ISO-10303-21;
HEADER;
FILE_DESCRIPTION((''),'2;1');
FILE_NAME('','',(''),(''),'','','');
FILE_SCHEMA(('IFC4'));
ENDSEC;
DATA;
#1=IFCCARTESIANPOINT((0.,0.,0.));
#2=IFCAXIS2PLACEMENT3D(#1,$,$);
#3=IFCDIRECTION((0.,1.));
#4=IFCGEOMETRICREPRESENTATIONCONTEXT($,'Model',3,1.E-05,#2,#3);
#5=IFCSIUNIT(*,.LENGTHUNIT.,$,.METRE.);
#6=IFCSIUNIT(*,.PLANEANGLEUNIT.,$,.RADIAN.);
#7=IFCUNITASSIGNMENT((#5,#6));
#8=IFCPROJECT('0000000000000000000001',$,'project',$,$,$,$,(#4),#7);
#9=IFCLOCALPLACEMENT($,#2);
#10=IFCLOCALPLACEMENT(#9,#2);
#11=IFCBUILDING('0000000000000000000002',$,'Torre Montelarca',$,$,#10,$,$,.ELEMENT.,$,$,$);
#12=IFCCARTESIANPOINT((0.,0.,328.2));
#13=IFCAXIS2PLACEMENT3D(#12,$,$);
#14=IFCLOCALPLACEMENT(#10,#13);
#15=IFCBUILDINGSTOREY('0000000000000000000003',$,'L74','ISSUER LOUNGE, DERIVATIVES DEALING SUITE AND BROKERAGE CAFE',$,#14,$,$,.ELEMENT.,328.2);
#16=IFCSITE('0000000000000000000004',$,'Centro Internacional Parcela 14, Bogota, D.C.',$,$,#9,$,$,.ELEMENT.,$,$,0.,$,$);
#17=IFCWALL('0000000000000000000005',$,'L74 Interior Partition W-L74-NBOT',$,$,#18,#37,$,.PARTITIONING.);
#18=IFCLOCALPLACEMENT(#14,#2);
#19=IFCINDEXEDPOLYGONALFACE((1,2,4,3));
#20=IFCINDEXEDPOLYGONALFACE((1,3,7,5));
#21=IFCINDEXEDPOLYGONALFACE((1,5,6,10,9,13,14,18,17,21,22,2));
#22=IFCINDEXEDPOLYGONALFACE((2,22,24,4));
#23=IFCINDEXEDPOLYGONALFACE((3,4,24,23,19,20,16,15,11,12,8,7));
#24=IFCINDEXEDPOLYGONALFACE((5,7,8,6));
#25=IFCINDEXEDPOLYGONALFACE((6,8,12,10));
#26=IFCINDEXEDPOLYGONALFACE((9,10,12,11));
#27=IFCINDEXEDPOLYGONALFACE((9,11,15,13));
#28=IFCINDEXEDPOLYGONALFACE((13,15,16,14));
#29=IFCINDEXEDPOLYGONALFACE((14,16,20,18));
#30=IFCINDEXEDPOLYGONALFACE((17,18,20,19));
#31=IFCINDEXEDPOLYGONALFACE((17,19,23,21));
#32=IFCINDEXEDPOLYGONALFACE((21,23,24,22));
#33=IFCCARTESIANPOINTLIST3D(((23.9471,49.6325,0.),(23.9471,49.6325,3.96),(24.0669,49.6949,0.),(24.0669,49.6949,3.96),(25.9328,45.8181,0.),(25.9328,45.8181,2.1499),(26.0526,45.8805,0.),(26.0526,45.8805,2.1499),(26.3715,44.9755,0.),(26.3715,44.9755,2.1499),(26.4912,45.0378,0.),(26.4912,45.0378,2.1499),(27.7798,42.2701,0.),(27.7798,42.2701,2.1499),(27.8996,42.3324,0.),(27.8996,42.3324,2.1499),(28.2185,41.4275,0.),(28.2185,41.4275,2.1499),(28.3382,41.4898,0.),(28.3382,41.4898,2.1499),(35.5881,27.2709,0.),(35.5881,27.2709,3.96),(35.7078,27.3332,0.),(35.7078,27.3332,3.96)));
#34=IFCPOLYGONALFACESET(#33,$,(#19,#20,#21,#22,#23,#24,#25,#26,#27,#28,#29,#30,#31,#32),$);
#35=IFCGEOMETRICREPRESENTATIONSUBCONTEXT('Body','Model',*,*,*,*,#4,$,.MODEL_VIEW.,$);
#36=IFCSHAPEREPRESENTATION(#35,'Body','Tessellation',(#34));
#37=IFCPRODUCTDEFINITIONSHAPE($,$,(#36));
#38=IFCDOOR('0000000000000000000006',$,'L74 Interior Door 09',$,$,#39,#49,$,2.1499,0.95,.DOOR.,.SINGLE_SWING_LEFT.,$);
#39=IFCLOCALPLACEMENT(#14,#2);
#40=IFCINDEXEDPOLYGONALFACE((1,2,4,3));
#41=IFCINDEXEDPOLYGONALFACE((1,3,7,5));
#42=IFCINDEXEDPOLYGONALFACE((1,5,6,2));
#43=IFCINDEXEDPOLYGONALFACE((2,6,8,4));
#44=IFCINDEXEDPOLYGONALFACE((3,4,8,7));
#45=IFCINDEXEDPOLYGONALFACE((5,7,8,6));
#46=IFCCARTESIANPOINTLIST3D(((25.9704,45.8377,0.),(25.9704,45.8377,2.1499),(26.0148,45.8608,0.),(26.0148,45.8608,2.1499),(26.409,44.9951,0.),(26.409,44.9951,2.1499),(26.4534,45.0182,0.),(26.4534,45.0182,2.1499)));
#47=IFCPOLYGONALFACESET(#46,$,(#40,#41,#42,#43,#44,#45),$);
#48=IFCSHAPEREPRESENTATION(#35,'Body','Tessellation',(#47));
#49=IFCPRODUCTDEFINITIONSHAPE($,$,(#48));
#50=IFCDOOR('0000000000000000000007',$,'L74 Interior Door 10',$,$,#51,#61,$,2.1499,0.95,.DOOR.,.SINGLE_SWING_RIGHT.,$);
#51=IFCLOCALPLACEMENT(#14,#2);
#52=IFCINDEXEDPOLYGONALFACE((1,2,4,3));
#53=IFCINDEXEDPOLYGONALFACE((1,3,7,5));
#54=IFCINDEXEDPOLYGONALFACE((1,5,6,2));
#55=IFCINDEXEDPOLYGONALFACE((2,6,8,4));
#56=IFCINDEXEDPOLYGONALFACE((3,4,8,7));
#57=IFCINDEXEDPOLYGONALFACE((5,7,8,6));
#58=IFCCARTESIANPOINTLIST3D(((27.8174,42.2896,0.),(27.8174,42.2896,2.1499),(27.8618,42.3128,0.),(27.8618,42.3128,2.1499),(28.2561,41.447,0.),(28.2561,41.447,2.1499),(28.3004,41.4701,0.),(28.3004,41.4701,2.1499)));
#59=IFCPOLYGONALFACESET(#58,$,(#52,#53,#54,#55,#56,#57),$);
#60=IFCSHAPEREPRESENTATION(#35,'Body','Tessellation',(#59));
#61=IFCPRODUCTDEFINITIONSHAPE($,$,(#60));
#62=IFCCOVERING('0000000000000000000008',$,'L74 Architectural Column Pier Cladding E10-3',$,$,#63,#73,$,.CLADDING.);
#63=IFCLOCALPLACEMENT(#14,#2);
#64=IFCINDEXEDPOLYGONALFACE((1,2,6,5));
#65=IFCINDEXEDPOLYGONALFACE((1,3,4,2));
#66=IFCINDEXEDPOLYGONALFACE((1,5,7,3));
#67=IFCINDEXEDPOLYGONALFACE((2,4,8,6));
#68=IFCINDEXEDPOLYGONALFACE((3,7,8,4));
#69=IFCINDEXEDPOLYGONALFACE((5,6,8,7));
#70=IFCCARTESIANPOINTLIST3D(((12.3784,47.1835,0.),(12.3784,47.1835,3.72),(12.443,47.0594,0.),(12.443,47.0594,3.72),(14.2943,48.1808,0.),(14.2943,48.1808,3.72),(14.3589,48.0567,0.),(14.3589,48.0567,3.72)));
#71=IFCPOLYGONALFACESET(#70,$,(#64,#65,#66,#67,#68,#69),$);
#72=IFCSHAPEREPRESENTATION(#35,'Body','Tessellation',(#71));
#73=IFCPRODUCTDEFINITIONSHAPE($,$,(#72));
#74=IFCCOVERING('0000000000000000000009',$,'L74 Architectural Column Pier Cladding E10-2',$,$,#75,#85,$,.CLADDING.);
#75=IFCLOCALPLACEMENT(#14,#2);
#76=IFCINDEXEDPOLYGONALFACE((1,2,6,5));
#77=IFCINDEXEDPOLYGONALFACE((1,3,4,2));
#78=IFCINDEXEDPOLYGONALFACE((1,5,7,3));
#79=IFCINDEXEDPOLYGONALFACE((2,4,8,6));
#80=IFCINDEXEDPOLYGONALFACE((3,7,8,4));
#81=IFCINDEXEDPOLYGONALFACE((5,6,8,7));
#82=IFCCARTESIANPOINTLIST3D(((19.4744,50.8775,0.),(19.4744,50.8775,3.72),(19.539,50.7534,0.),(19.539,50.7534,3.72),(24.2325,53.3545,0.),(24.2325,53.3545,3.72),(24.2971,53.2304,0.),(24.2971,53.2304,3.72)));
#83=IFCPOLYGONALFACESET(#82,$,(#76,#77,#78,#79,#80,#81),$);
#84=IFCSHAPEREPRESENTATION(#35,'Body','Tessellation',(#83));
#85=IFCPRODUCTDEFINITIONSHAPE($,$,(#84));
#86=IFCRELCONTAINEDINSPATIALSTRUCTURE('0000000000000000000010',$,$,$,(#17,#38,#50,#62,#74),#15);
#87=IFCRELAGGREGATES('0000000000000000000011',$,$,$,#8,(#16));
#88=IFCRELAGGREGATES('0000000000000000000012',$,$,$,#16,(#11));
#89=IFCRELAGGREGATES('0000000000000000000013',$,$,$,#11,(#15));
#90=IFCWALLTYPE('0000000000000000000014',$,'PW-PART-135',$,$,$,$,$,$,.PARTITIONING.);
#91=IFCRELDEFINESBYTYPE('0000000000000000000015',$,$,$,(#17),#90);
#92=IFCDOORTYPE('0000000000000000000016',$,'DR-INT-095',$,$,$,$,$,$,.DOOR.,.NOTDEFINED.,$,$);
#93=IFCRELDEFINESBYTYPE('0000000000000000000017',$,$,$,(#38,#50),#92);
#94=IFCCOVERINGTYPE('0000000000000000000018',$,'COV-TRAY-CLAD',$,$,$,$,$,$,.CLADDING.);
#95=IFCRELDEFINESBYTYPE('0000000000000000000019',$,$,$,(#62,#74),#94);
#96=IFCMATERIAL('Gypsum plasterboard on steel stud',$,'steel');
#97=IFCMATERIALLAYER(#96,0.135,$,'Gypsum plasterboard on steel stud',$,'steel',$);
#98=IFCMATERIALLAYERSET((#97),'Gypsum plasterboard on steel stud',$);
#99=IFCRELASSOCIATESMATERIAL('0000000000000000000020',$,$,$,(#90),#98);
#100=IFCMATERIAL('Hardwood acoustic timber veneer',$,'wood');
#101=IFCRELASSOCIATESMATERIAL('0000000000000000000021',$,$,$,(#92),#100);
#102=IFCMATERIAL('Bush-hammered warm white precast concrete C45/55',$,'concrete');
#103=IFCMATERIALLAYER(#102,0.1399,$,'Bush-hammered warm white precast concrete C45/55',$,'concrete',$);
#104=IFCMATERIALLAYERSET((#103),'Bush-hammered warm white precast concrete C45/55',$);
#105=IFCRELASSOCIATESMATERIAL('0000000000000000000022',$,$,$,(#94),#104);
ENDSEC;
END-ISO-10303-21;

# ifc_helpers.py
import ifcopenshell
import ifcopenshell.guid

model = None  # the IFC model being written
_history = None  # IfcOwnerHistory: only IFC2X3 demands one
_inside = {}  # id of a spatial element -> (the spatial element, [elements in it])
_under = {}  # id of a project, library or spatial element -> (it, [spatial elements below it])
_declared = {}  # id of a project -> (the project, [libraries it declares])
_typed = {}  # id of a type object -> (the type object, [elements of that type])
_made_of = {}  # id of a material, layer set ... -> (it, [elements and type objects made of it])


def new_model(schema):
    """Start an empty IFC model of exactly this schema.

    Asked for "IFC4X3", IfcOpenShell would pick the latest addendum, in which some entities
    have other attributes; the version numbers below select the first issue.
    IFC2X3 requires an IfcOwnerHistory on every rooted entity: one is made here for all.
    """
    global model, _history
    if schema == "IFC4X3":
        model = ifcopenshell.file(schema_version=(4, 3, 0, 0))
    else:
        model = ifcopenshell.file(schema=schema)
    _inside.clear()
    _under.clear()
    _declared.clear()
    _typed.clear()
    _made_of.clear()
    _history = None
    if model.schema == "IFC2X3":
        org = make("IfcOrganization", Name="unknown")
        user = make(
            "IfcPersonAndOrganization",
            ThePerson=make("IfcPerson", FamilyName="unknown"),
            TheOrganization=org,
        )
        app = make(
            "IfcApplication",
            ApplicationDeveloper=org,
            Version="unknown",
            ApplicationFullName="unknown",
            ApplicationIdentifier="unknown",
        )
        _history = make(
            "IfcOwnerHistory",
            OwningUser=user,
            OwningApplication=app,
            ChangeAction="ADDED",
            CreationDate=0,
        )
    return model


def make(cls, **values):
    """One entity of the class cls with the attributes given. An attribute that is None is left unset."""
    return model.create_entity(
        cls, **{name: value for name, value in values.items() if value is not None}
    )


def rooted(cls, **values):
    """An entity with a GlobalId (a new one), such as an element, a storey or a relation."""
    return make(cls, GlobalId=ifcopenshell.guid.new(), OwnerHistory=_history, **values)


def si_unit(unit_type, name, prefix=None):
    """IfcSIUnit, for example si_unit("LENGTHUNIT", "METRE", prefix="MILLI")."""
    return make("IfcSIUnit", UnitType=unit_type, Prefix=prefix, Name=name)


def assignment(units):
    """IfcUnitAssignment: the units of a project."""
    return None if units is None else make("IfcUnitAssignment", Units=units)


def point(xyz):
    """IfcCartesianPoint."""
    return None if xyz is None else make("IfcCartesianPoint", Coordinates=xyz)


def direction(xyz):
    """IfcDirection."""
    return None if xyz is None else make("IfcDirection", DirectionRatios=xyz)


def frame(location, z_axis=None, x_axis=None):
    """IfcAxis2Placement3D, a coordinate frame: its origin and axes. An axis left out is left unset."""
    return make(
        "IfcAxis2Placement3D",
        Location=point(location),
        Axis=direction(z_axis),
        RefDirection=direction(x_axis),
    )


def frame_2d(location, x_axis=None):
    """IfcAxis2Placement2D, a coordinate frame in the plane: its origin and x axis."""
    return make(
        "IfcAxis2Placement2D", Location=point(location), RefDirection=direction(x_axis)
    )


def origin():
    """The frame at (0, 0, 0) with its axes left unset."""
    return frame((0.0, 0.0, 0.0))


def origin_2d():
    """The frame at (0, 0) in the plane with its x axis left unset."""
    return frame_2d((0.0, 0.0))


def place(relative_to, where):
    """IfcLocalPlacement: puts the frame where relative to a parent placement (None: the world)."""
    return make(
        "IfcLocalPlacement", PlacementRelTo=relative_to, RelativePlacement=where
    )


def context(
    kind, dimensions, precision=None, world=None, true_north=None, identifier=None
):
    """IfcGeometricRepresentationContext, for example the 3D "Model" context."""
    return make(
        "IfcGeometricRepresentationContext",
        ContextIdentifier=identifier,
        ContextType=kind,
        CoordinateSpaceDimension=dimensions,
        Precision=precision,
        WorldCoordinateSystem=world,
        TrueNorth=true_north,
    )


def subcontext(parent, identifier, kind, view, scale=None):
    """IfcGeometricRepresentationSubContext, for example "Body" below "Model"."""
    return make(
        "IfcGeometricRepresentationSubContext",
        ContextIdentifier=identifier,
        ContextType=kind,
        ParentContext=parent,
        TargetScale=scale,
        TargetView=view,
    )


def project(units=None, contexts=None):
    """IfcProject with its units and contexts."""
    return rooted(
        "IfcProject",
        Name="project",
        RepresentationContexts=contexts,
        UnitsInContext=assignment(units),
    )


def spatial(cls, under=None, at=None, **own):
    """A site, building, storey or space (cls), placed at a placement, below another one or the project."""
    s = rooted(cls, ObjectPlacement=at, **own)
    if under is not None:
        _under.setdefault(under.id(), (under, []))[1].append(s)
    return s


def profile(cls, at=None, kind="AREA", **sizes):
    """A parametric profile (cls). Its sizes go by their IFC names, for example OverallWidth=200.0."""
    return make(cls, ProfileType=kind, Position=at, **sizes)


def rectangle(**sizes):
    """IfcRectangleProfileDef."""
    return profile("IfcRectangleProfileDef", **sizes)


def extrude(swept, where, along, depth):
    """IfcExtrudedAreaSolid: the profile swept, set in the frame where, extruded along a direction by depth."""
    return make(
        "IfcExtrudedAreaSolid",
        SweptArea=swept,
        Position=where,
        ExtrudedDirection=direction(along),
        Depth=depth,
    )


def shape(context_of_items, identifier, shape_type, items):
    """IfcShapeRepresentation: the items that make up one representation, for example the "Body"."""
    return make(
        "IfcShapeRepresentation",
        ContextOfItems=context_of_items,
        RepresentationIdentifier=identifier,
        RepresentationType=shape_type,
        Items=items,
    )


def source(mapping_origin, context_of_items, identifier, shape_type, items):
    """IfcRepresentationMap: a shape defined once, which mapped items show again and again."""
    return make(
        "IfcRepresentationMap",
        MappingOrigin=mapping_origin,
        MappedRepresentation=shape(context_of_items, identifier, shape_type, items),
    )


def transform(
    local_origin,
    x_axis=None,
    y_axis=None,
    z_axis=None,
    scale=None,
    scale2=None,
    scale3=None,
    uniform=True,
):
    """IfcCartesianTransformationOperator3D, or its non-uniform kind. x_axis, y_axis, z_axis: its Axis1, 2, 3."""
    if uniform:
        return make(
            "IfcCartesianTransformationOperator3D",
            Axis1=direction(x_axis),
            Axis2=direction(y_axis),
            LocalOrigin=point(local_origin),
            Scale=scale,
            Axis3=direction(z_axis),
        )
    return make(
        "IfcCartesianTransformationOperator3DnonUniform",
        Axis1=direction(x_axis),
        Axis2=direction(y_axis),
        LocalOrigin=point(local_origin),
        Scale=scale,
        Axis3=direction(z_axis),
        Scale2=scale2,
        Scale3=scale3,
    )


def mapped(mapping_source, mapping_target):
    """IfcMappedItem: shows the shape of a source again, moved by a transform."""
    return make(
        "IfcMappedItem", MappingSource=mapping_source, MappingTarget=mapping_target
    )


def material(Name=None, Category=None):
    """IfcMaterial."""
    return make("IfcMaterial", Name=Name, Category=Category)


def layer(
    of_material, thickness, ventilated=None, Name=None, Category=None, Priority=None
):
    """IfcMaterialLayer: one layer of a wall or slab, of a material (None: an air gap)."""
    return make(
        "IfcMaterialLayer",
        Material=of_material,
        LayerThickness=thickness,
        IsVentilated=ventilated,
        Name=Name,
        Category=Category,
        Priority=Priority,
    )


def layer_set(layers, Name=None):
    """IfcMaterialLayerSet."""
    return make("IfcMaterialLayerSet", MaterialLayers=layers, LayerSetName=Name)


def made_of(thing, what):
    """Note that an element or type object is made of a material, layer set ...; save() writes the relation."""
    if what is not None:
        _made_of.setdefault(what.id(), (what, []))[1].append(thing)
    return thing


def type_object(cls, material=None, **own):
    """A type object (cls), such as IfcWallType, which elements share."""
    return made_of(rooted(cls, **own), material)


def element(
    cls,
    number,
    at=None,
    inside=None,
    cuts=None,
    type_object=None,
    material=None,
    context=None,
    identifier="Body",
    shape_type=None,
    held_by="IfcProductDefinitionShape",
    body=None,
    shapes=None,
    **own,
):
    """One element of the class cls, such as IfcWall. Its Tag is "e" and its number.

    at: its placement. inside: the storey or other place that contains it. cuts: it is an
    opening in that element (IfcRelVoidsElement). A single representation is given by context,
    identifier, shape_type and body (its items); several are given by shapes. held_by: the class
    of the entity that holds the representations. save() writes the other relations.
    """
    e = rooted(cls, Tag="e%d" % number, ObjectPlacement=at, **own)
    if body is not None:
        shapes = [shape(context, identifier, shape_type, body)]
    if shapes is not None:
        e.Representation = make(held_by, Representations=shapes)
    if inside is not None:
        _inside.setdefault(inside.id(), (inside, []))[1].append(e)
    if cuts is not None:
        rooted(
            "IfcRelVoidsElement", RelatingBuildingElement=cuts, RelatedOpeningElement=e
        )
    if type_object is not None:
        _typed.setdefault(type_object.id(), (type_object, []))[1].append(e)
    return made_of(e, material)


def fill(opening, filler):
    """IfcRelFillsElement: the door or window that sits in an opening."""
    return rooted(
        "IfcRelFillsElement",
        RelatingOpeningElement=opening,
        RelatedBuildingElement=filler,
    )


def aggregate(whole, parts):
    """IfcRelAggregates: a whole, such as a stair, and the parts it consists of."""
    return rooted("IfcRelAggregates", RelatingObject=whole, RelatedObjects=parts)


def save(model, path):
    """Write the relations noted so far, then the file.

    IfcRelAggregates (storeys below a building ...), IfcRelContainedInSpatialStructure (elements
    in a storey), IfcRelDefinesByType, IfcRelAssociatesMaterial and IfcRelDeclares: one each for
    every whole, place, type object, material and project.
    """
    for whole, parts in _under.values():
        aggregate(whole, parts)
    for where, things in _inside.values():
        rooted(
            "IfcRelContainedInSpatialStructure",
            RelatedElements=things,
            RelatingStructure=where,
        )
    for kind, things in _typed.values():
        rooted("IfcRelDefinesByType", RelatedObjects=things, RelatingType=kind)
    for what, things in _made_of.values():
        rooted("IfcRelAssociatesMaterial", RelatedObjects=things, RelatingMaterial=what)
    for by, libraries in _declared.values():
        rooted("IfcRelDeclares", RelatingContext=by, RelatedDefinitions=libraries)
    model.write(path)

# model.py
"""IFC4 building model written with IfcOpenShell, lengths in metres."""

from ifc_helpers import new_model, si_unit, direction, frame, frame_2d, origin, origin_2d, place, context, subcontext, project, spatial, rectangle, extrude, source, transform, mapped, material, layer, layer_set, type_object, element, fill, save


model = new_model("IFC4")

# Units and contexts
model_context = context("Model", 3, precision=1e-05, world=origin(), true_north=direction((0.0, 1.0)))
body_context = subcontext(model_context, "Body", "Model", "MODEL_VIEW")
ifc_project = project(units=[si_unit("LENGTHUNIT", "METRE"), si_unit("PLANEANGLEUNIT", "RADIAN")], contexts=[model_context])

# Site, building, storey
site_placement = place(None, origin())
site = spatial("IfcSite", under=ifc_project, at=site_placement, Name="Centro Internacional Parcela 14, Bogota, D.C.", CompositionType="ELEMENT", RefElevation=0.0)
building_placement = place(site_placement, origin())
building = spatial("IfcBuilding", under=site, at=building_placement, Name="Torre Montelarca", CompositionType="ELEMENT")
storey_placement = place(building_placement, frame((0.0, 0.0, 328.2)))
storey = spatial("IfcBuildingStorey", under=building, at=storey_placement, Name="L74", Description="ISSUER LOUNGE, DERIVATIVES DEALING SUITE AND BROKERAGE CAFE", CompositionType="ELEMENT", Elevation=328.2)

# Shared definitions
ifc_material_1 = material(Name="Hardwood acoustic timber veneer", Category="wood")

# Wall, openings, doors
ifc_material_2 = material(Name="Gypsum plasterboard on steel stud", Category="steel")
ifc_layer_1 = layer(ifc_material_2, 0.135, Name="Gypsum plasterboard on steel stud", Category="steel")
ifc_layer_set_1 = layer_set([ifc_layer_1], Name="Gypsum plasterboard on steel stud")
wall_type_1 = type_object("IfcWallType", Name="PW-PART-135", PredefinedType="PARTITIONING", material=ifc_layer_set_1)
wall_1_placement = place(storey_placement, frame((24.0071, 49.6636, 0.0), z_axis=(0.0, 0.0, 1.0), x_axis=(0.461754, -0.887008, 0.0)))
wall_1 = element("IfcWall", 1, at=wall_1_placement, inside=storey, type_object=wall_type_1, Name="L74 Interior Partition W-L74-NBOT", PredefinedType="PARTITIONING", context=body_context, shape_type="SweptSolid", body=[
    extrude(rectangle(XDim=25.2102, YDim=0.135, at=frame_2d((12.605, 0.0))), origin(), (0.0, 0.0, 1.0), 3.96),
])
opening_1_placement = place(wall_1_placement, frame((4.3, 0.0, 0.0)))
opening_1 = element("IfcOpeningElement", 2, at=opening_1_placement, cuts=wall_1, PredefinedType="OPENING", context=body_context, shape_type="SweptSolid", body=[
    extrude(rectangle(XDim=0.95, YDim=2.1499, at=frame_2d((0.4751, 1.075))), frame((0.0, 0.0776, 0.0), z_axis=(0.0, -1.0, 0.0), x_axis=(1.0, 0.0, 0.0)), (0.0, 0.0, 1.0), 0.155),
])
opening_2_placement = place(wall_1_placement, frame((8.3, 0.0, 0.0)))
opening_2 = element("IfcOpeningElement", 3, at=opening_2_placement, cuts=wall_1, PredefinedType="OPENING", context=body_context, shape_type="SweptSolid", body=[
    extrude(rectangle(XDim=0.95, YDim=2.1499, at=frame_2d((0.4751, 1.075))), frame((0.0, 0.0776, 0.0), z_axis=(0.0, -1.0, 0.0), x_axis=(1.0, 0.0, 0.0)), (0.0, 0.0, 1.0), 0.155),
])
door_type_1 = type_object("IfcDoorType", Name="DR-INT-095", OperationType="NOTDEFINED", PredefinedType="DOOR", material=ifc_material_1)
shared_shape_1 = source(origin(), body_context, "Body", "SweptSolid", [
    extrude(rectangle(XDim=0.95, YDim=2.1499, at=frame_2d((0.4751, 1.075))), frame((0.0, 0.0249, 0.0), z_axis=(0.0, -1.0, 0.0), x_axis=(1.0, 0.0, 0.0)), (0.0, 0.0, 1.0), 0.05),
])
door_1_placement = place(opening_1_placement, origin())
door_1 = element("IfcDoor", 4, at=door_1_placement, inside=storey, type_object=door_type_1, Name="L74 Interior Door 09", OperationType="SINGLE_SWING_LEFT", OverallHeight=2.1499, OverallWidth=0.95, PredefinedType="DOOR", context=body_context, shape_type="MappedRepresentation", body=[
    mapped(shared_shape_1, transform((0.0, 0.0, 0.0), scale=1.0)),
])
fill(opening_1, door_1)
door_2_placement = place(opening_2_placement, origin())
door_2 = element("IfcDoor", 5, at=door_2_placement, inside=storey, type_object=door_type_1, Name="L74 Interior Door 10", OperationType="SINGLE_SWING_RIGHT", OverallHeight=2.1499, OverallWidth=0.95, PredefinedType="DOOR", context=body_context, shape_type="MappedRepresentation", body=[
    mapped(shared_shape_1, transform((0.0, 0.0, 0.0), scale=1.0)),
])
fill(opening_2, door_2)

# Coverings
ifc_material_3 = material(Name="Bush-hammered warm white precast concrete C45/55", Category="concrete")
ifc_layer_2 = layer(ifc_material_3, 0.1399, Name="Bush-hammered warm white precast concrete C45/55", Category="concrete")
ifc_layer_set_2 = layer_set([ifc_layer_2], Name="Bush-hammered warm white precast concrete C45/55")
covering_type = type_object("IfcCoveringType", Name="COV-TRAY-CLAD", PredefinedType="CLADDING", material=ifc_layer_set_2)
shared_shape_2 = source(origin(), body_context, "Body", "SweptSolid", [
    extrude(rectangle(XDim=2.1599, YDim=0.1399, at=origin_2d()), origin(), (0.0, 0.0, 1.0), 3.72),
])
covering_1_placement = place(storey_placement, frame((13.3687, 47.6201, 0.0), z_axis=(0.0, 0.0, 1.0), x_axis=(-0.887011, -0.461749, 0.0)))
element("IfcCovering", 6, at=covering_1_placement, inside=storey, type_object=covering_type, Name="L74 Architectural Column Pier Cladding E10-3", PredefinedType="CLADDING", context=body_context, shape_type="MappedRepresentation", body=[
    mapped(shared_shape_2, transform((0.0, 0.0, 0.0), scale=1.0)),
])
shared_shape_3 = source(origin(), body_context, "Body", "SweptSolid", [
    extrude(rectangle(XDim=5.3643, YDim=0.1399, at=origin_2d()), origin(), (0.0, 0.0, 1.0), 3.72),
])
covering_2_placement = place(storey_placement, frame((21.8857, 52.054, 0.0), z_axis=(0.0, 0.0, 1.0), x_axis=(-0.887011, -0.461749, 0.0)))
element("IfcCovering", 7, at=covering_2_placement, inside=storey, type_object=covering_type, Name="L74 Architectural Column Pier Cladding E10-2", PredefinedType="CLADDING", context=body_context, shape_type="MappedRepresentation", body=[
    mapped(shared_shape_3, transform((0.0, 0.0, 0.0), scale=1.0)),
])

save(model, "model.ifc")
